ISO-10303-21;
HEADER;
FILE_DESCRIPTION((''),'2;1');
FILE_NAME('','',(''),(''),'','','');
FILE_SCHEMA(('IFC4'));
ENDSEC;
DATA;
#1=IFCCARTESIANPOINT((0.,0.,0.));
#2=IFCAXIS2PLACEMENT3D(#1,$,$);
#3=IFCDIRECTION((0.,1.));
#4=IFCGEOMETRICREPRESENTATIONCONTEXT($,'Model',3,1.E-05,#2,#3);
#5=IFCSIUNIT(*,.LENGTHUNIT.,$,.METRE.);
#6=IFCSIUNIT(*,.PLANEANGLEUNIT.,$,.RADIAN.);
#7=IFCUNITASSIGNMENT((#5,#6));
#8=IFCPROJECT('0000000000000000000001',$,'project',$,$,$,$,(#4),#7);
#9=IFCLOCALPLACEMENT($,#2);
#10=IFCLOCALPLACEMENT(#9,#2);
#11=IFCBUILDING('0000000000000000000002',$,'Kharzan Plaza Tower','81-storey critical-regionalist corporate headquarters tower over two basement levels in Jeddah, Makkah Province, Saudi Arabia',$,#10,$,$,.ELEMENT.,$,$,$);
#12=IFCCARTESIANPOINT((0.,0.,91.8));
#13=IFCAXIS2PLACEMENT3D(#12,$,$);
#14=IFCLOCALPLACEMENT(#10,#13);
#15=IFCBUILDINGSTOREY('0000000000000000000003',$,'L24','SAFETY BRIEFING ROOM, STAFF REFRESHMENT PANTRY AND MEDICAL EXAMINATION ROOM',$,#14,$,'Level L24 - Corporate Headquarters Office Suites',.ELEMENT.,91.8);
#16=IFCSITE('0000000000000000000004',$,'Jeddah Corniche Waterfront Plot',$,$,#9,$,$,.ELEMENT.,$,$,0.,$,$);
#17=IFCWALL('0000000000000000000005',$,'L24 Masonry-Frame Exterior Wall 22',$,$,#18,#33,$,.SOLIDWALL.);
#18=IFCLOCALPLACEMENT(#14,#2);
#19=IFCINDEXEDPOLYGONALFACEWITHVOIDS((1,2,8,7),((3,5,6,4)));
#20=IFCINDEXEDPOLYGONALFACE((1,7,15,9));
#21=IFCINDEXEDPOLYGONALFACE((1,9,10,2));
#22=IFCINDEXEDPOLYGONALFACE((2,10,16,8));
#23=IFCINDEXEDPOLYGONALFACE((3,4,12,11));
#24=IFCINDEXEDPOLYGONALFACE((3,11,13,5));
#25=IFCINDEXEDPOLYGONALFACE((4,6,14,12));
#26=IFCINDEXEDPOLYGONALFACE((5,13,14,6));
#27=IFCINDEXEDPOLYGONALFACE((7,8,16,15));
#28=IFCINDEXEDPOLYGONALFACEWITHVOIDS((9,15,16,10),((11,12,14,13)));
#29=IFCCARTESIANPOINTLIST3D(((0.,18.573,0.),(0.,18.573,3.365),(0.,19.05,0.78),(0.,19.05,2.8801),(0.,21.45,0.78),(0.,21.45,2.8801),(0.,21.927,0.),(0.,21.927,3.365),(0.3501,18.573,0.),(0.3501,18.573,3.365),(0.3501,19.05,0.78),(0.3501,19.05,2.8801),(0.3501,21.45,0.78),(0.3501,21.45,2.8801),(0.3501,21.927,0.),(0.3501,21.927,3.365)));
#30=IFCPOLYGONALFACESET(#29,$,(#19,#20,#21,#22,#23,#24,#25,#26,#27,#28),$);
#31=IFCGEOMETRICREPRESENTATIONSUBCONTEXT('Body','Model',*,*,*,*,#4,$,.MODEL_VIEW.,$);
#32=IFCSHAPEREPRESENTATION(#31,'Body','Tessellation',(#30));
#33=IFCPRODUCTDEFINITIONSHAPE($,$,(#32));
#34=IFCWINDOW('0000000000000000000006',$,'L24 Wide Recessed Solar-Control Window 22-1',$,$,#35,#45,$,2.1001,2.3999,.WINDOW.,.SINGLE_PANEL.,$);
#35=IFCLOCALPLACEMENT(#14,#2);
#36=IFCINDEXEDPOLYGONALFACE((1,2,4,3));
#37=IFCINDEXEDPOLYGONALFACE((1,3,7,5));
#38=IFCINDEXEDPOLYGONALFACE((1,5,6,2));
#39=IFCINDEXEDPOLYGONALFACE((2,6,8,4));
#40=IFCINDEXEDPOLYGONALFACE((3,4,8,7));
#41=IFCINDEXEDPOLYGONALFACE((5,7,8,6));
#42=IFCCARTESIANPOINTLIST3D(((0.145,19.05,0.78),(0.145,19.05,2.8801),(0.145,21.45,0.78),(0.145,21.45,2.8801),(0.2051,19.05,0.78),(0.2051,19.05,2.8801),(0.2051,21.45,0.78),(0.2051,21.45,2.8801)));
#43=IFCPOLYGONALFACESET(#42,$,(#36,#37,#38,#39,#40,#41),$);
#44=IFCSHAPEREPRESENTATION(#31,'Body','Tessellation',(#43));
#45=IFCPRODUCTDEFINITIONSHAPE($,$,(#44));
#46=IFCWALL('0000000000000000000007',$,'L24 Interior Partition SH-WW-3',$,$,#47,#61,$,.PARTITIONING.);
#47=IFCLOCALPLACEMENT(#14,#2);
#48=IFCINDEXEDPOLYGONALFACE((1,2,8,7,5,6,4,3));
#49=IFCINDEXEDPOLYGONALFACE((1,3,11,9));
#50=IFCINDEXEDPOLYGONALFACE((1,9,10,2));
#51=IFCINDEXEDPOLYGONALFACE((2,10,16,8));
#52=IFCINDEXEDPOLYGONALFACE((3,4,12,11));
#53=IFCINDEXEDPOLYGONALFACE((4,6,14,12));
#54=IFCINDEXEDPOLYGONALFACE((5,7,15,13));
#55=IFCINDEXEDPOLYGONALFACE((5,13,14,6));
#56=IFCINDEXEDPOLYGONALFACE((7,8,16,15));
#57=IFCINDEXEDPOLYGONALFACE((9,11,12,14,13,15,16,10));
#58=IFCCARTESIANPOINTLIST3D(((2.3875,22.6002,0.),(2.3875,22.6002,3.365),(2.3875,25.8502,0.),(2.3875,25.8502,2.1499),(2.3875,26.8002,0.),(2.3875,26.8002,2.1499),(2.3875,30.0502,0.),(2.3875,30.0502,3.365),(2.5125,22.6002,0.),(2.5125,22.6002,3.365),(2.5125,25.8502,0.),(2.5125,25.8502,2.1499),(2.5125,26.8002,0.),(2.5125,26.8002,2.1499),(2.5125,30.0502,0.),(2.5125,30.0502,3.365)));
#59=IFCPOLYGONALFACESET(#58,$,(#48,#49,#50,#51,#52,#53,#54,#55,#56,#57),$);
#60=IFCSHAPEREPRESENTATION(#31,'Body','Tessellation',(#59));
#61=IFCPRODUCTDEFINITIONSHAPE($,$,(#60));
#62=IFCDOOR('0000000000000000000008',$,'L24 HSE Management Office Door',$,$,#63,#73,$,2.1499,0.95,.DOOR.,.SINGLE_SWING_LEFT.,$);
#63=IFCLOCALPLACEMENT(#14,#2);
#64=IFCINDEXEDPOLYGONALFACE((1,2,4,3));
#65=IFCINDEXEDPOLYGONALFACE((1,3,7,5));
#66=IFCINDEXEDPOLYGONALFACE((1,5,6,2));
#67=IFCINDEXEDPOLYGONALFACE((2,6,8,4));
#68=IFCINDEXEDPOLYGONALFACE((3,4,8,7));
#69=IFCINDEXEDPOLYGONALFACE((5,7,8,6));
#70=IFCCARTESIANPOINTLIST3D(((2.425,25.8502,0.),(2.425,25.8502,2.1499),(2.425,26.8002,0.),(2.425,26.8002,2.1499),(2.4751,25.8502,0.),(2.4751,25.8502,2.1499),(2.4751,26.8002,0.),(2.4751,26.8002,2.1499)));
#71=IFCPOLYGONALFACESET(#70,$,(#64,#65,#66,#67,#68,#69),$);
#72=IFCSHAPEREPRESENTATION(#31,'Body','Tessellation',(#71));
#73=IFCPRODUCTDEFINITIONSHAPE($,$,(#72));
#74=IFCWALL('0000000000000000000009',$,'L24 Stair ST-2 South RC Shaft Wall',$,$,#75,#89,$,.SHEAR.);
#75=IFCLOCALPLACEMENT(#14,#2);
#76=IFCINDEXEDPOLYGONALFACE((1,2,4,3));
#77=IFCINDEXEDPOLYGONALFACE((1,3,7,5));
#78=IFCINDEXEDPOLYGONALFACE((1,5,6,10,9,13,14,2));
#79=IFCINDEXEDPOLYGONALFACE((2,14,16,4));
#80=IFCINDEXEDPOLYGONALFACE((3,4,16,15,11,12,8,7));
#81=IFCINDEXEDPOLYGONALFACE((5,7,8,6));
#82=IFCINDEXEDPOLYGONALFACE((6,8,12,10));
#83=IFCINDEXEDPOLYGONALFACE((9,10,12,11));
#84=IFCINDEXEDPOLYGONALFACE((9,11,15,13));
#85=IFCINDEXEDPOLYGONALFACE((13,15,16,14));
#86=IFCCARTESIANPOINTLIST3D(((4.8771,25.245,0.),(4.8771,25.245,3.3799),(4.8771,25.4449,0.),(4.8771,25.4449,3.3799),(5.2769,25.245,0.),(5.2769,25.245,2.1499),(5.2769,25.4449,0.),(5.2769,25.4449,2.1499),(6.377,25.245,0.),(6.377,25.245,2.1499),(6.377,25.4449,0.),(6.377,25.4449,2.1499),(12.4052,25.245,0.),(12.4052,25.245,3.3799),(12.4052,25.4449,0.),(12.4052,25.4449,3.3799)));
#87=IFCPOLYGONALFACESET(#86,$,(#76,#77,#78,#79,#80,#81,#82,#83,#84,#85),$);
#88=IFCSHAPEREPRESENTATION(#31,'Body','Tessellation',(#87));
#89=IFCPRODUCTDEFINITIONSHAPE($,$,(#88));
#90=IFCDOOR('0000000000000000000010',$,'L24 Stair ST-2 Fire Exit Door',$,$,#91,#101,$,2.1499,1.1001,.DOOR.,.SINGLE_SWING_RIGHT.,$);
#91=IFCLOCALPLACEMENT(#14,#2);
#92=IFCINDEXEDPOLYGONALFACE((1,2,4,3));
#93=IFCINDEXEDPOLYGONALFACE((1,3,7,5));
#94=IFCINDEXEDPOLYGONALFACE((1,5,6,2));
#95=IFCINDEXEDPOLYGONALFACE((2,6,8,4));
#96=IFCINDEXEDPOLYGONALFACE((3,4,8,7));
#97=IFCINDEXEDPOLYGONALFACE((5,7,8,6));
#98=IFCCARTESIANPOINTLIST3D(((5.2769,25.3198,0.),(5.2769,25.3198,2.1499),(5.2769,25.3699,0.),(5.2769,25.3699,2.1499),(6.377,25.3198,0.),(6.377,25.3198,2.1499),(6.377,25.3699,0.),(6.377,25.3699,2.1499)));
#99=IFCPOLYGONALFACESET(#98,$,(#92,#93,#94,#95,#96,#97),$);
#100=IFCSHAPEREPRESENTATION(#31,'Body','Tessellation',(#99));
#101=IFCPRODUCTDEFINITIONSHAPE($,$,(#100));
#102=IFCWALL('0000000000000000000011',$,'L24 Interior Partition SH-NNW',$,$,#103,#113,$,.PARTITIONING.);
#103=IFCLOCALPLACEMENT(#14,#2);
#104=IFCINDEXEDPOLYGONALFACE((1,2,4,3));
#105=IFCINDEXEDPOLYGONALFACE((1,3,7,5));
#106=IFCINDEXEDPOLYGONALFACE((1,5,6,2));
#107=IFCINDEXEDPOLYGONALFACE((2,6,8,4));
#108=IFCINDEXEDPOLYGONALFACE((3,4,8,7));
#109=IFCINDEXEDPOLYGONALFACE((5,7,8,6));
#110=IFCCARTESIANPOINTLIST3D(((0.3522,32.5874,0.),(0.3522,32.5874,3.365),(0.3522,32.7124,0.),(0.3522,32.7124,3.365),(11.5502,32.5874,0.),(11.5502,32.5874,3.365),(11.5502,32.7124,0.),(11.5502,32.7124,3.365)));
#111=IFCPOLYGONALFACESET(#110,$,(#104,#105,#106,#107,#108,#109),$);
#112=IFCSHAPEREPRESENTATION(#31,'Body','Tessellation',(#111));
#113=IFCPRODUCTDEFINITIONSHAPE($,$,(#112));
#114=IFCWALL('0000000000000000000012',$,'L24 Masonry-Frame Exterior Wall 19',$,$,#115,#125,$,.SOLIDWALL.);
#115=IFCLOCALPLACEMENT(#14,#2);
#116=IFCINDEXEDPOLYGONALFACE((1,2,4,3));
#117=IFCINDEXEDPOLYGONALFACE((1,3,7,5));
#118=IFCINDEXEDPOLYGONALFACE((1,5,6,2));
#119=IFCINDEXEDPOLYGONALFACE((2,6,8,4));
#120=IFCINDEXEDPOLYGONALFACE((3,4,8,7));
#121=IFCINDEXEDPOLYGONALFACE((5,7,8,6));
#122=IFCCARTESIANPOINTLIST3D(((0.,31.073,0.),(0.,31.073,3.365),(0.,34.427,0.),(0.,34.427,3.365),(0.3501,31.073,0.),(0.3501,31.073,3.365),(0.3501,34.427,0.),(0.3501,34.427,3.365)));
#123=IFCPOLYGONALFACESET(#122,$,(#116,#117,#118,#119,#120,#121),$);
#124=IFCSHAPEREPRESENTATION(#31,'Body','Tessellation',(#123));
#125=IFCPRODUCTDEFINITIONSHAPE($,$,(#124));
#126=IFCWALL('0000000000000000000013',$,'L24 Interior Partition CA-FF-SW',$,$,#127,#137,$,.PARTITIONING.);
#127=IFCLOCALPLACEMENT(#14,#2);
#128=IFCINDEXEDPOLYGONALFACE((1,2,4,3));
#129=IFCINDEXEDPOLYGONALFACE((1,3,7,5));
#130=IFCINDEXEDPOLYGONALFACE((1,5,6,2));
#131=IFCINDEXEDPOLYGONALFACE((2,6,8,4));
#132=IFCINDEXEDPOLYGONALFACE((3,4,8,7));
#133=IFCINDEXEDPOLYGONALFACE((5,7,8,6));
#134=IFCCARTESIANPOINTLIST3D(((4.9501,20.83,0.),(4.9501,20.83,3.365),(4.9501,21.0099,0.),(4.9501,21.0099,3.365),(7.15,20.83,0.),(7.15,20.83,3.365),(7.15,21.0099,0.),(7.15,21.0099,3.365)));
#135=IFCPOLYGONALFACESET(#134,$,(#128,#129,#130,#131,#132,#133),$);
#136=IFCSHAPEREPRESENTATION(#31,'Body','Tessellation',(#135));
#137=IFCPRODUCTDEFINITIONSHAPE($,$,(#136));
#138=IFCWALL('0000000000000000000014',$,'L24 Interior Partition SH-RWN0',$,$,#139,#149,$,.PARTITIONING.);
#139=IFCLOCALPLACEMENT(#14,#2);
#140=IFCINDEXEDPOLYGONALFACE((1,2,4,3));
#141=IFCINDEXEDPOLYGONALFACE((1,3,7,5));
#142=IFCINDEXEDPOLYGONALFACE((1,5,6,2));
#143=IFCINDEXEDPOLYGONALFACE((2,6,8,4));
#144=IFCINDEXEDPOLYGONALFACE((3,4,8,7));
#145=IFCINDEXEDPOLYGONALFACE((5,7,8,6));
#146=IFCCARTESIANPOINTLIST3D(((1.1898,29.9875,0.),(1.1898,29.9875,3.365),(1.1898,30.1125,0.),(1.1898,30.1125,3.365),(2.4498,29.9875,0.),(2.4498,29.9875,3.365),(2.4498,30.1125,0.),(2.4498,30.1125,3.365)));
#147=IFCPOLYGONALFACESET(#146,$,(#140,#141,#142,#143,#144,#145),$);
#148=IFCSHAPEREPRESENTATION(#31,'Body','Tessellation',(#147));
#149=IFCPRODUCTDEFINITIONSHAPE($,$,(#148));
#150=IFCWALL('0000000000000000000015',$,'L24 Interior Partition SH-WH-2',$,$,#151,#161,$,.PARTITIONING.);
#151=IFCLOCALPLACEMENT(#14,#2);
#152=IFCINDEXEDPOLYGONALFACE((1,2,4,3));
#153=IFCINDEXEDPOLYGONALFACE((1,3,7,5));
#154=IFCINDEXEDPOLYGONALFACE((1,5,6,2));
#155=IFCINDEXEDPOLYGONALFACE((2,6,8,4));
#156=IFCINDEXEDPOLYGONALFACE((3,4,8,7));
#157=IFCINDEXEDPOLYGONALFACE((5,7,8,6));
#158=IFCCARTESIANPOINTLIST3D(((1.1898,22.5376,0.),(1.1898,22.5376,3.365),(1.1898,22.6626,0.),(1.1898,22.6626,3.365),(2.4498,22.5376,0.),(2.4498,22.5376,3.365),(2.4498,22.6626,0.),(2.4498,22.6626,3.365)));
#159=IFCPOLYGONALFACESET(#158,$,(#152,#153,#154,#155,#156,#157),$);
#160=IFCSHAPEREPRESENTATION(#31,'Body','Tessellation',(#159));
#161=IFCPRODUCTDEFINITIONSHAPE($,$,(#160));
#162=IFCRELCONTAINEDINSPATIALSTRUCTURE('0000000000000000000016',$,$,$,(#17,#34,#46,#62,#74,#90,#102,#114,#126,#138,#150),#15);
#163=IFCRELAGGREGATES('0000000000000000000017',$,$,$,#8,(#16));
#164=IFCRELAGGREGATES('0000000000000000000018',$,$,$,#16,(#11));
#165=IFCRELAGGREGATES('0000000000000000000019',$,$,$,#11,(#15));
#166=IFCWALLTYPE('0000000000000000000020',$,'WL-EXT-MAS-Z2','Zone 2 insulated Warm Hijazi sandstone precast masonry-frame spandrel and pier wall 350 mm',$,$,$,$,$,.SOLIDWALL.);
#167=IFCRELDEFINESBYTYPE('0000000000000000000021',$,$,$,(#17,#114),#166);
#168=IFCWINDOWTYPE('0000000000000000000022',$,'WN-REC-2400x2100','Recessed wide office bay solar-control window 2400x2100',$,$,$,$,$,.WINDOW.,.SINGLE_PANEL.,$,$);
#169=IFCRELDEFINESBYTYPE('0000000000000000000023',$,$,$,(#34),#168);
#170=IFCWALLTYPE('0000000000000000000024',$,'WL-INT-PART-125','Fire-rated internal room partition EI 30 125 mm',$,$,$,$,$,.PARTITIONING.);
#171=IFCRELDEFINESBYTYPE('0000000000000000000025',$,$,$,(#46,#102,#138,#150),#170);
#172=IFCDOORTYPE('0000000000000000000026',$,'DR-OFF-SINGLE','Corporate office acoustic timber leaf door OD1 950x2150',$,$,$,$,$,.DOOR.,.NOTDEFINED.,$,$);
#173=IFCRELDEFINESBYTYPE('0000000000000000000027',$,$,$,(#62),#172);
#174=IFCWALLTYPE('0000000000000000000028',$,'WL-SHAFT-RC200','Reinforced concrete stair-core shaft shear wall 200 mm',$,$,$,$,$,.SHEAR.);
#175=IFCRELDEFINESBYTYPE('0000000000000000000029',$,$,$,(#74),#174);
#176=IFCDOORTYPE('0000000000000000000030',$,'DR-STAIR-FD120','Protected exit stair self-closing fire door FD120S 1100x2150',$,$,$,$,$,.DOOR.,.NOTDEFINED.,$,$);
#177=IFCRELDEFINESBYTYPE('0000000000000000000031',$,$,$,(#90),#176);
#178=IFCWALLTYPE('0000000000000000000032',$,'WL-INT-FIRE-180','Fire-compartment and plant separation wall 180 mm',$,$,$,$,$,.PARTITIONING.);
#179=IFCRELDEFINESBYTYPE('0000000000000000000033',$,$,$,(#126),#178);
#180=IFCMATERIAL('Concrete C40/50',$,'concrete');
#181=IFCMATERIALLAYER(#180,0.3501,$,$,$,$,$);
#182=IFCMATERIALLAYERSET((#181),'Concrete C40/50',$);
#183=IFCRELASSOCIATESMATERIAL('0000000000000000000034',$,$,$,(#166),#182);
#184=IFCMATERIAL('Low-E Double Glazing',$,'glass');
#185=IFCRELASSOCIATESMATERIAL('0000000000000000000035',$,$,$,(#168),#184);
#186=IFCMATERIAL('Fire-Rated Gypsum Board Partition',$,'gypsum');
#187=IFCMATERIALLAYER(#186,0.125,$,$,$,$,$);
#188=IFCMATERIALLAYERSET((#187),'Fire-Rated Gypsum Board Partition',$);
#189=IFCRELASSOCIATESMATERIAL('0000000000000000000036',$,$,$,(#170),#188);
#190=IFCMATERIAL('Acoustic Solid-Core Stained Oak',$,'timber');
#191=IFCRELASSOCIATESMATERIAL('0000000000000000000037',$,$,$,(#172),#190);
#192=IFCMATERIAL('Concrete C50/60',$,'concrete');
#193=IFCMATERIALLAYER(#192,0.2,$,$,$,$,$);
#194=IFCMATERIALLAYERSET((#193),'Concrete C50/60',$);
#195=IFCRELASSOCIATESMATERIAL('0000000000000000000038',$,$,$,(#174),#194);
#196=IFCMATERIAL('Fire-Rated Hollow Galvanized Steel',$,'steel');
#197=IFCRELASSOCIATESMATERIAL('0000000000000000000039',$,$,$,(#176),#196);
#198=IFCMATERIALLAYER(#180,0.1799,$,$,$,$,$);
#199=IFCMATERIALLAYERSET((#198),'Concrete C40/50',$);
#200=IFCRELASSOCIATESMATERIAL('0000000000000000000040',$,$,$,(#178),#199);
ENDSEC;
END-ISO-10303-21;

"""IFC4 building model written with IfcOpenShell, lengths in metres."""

from ifc_helpers import new_model, si_unit, direction, frame, frame_2d, origin, place, context, subcontext, project, spatial, rectangle, extrude, source, transform, mapped, material, layer, layer_set, type_object, element, fill, save


model = new_model("IFC4")

# Units and contexts
model_context = context("Model", 3, precision=1e-05, world=origin(), true_north=direction((0.0, 1.0)))
body_context = subcontext(model_context, "Body", "Model", "MODEL_VIEW")
ifc_project = project(units=[si_unit("LENGTHUNIT", "METRE"), si_unit("PLANEANGLEUNIT", "RADIAN")], contexts=[model_context])

# Site, building, storey
site_placement = place(None, origin())
site = spatial("IfcSite", under=ifc_project, at=site_placement, Name="Jeddah Corniche Waterfront Plot", CompositionType="ELEMENT", RefElevation=0.0)
building_placement = place(site_placement, origin())
building = spatial("IfcBuilding", under=site, at=building_placement, Name="Kharzan Plaza Tower", Description="81-storey critical-regionalist corporate headquarters tower over two basement levels in Jeddah, Makkah Province, Saudi Arabia", CompositionType="ELEMENT")
storey_placement = place(building_placement, frame((0.0, 0.0, 91.8)))
storey = spatial("IfcBuildingStorey", under=building, at=storey_placement, Name="L24", Description="SAFETY BRIEFING ROOM, STAFF REFRESHMENT PANTRY AND MEDICAL EXAMINATION ROOM", LongName="Level L24 - Corporate Headquarters Office Suites", CompositionType="ELEMENT", Elevation=91.8)

# Wall, opening, window
ifc_material_1 = material(Name="Concrete C40/50", Category="concrete")
ifc_layer_1 = layer(ifc_material_1, 0.3501)
ifc_layer_set_1 = layer_set([ifc_layer_1], Name="Concrete C40/50")
wall_type_1 = type_object("IfcWallType", Name="WL-EXT-MAS-Z2", Description="Zone 2 insulated Warm Hijazi sandstone precast masonry-frame spandrel and pier wall 350 mm", PredefinedType="SOLIDWALL", material=ifc_layer_set_1)
ifc_material_2 = material(Name="Low-E Double Glazing", Category="glass")
wall_1_placement = place(storey_placement, frame((0.175, 21.927, 0.0), z_axis=(0.0, 0.0, 1.0), x_axis=(0.0, -1.0, 0.0)))
wall_1 = element("IfcWall", 1, at=wall_1_placement, inside=storey, type_object=wall_type_1, Name="L24 Masonry-Frame Exterior Wall 22", PredefinedType="SOLIDWALL", context=body_context, shape_type="SweptSolid", body=[
    extrude(rectangle(XDim=3.354, YDim=0.3501, at=frame_2d((1.677, 0.0))), origin(), (0.0, 0.0, 1.0), 3.365),
])
opening_1_placement = place(wall_1_placement, frame((0.4771, 0.0, 0.78)))
opening_1 = element("IfcOpeningElement", 2, at=opening_1_placement, cuts=wall_1, PredefinedType="OPENING", context=body_context, shape_type="SweptSolid", body=[
    extrude(rectangle(XDim=2.3999, YDim=2.1001, at=frame_2d((1.2, 1.05))), frame((0.0, 0.1851, 0.0), z_axis=(0.0, -1.0, 0.0), x_axis=(1.0, 0.0, 0.0)), (0.0, 0.0, 1.0), 0.3701),
])
window_type_1 = type_object("IfcWindowType", Name="WN-REC-2400x2100", Description="Recessed wide office bay solar-control window 2400x2100", PartitioningType="SINGLE_PANEL", PredefinedType="WINDOW", material=ifc_material_2)
shared_shape_1 = source(origin(), body_context, "Body", "SweptSolid", [
    extrude(rectangle(XDim=2.3999, YDim=2.1001, at=frame_2d((1.2, 1.05))), frame((0.0, 0.03, 0.0), z_axis=(0.0, -1.0, 0.0), x_axis=(1.0, 0.0, 0.0)), (0.0, 0.0, 1.0), 0.0601),
])
window_1_placement = place(opening_1_placement, origin())
window_1 = element("IfcWindow", 3, at=window_1_placement, inside=storey, type_object=window_type_1, Name="L24 Wide Recessed Solar-Control Window 22-1", OverallHeight=2.1001, OverallWidth=2.3999, PartitioningType="SINGLE_PANEL", PredefinedType="WINDOW", context=body_context, shape_type="MappedRepresentation", body=[
    mapped(shared_shape_1, transform((0.0, 0.0, 0.0), x_axis=(1.0, 0.0, 0.0), y_axis=(0.0, 1.0, 0.0), z_axis=(0.0, 0.0, 1.0))),
])
fill(opening_1, window_1)

# Walls, openings, doors
ifc_material_3 = material(Name="Fire-Rated Gypsum Board Partition", Category="gypsum")
ifc_layer_2 = layer(ifc_material_3, 0.125)
ifc_layer_set_2 = layer_set([ifc_layer_2], Name="Fire-Rated Gypsum Board Partition")
wall_type_2 = type_object("IfcWallType", Name="WL-INT-PART-125", Description="Fire-rated internal room partition EI 30 125 mm", PredefinedType="PARTITIONING", material=ifc_layer_set_2)
wall_2_placement = place(storey_placement, frame((2.45, 22.6001, 0.0), z_axis=(0.0, 0.0, 1.0), x_axis=(0.0, 1.0, 0.0)))
wall_2 = element("IfcWall", 4, at=wall_2_placement, inside=storey, type_object=wall_type_2, Name="L24 Interior Partition SH-WW-3", PredefinedType="PARTITIONING", context=body_context, shape_type="SweptSolid", body=[
    extrude(rectangle(XDim=7.45, YDim=0.125, at=frame_2d((3.7251, 0.0))), origin(), (0.0, 0.0, 1.0), 3.365),
])
opening_2_placement = place(wall_2_placement, frame((3.25, 0.0, 0.0)))
opening_2 = element("IfcOpeningElement", 5, at=opening_2_placement, cuts=wall_2, PredefinedType="OPENING", context=body_context, shape_type="SweptSolid", body=[
    extrude(rectangle(XDim=0.95, YDim=2.1499, at=frame_2d((0.4751, 1.075))), frame((0.0, 0.0725, 0.0), z_axis=(0.0, -1.0, 0.0), x_axis=(1.0, 0.0, 0.0)), (0.0, 0.0, 1.0), 0.145),
])
ifc_material_4 = material(Name="Acoustic Solid-Core Stained Oak", Category="timber")
door_type_1 = type_object("IfcDoorType", Name="DR-OFF-SINGLE", Description="Corporate office acoustic timber leaf door OD1 950x2150", OperationType="NOTDEFINED", PredefinedType="DOOR", material=ifc_material_4)
shared_shape_2 = source(origin(), body_context, "Body", "SweptSolid", [
    extrude(rectangle(XDim=0.95, YDim=2.1499, at=frame_2d((0.4751, 1.075))), frame((0.0, 0.0249, 0.0), z_axis=(0.0, -1.0, 0.0), x_axis=(1.0, 0.0, 0.0)), (0.0, 0.0, 1.0), 0.05),
])
door_1_placement = place(opening_2_placement, origin())
door_1 = element("IfcDoor", 6, at=door_1_placement, inside=storey, type_object=door_type_1, Name="L24 HSE Management Office Door", OperationType="SINGLE_SWING_LEFT", OverallHeight=2.1499, OverallWidth=0.95, PredefinedType="DOOR", context=body_context, shape_type="MappedRepresentation", body=[
    mapped(shared_shape_2, transform((0.0, 0.0, 0.0), x_axis=(1.0, 0.0, 0.0), y_axis=(0.0, 1.0, 0.0), z_axis=(0.0, 0.0, 1.0))),
])
fill(opening_2, door_1)
ifc_material_5 = material(Name="Concrete C50/60", Category="concrete")
ifc_layer_3 = layer(ifc_material_5, 0.2)
ifc_layer_set_3 = layer_set([ifc_layer_3], Name="Concrete C50/60")
wall_type_3 = type_object("IfcWallType", Name="WL-SHAFT-RC200", Description="Reinforced concrete stair-core shaft shear wall 200 mm", PredefinedType="SHEAR", material=ifc_layer_set_3)
wall_3_placement = place(storey_placement, frame((4.877, 25.345, 0.0), z_axis=(0.0, 0.0, 1.0), x_axis=(1.0, 0.0, 0.0)))
wall_3 = element("IfcWall", 7, at=wall_3_placement, inside=storey, type_object=wall_type_3, Name="L24 Stair ST-2 South RC Shaft Wall", PredefinedType="SHEAR", context=body_context, shape_type="SweptSolid", body=[
    extrude(rectangle(XDim=7.5281, YDim=0.2, at=frame_2d((3.7642, 0.0))), origin(), (0.0, 0.0, 1.0), 3.3799),
])
opening_3_placement = place(wall_3_placement, frame((0.3999, 0.0, 0.0)))
opening_3 = element("IfcOpeningElement", 8, at=opening_3_placement, cuts=wall_3, PredefinedType="OPENING", context=body_context, shape_type="SweptSolid", body=[
    extrude(rectangle(XDim=1.1001, YDim=2.1499, at=frame_2d((0.55, 1.075))), frame((0.0, 0.1099, 0.0), z_axis=(0.0, -1.0, 0.0), x_axis=(1.0, 0.0, 0.0)), (0.0, 0.0, 1.0), 0.22),
])
ifc_material_6 = material(Name="Fire-Rated Hollow Galvanized Steel", Category="steel")
door_type_2 = type_object("IfcDoorType", Name="DR-STAIR-FD120", Description="Protected exit stair self-closing fire door FD120S 1100x2150", OperationType="NOTDEFINED", PredefinedType="DOOR", material=ifc_material_6)
shared_shape_3 = source(origin(), body_context, "Body", "SweptSolid", [
    extrude(rectangle(XDim=1.1001, YDim=2.1499, at=frame_2d((0.55, 1.075))), frame((0.0, 0.0249, 0.0), z_axis=(0.0, -1.0, 0.0), x_axis=(1.0, 0.0, 0.0)), (0.0, 0.0, 1.0), 0.05),
])
door_2_placement = place(opening_3_placement, origin())
door_2 = element("IfcDoor", 9, at=door_2_placement, inside=storey, type_object=door_type_2, Name="L24 Stair ST-2 Fire Exit Door", OperationType="SINGLE_SWING_RIGHT", OverallHeight=2.1499, OverallWidth=1.1001, PredefinedType="DOOR", context=body_context, shape_type="MappedRepresentation", body=[
    mapped(shared_shape_3, transform((0.0, 0.0, 0.0), x_axis=(1.0, 0.0, 0.0), y_axis=(0.0, 1.0, 0.0), z_axis=(0.0, 0.0, 1.0))),
])
fill(opening_3, door_2)

# Walls
shared_shape_4 = source(origin(), body_context, "Body", "SweptSolid", [
    extrude(rectangle(XDim=11.198, YDim=0.125, at=frame_2d((5.5991, 0.0))), origin(), (0.0, 0.0, 1.0), 3.365),
])
wall_4_placement = place(storey_placement, frame((0.3521, 32.6499, 0.0), z_axis=(0.0, 0.0, 1.0), x_axis=(1.0, 0.0, 0.0)))
element("IfcWall", 10, at=wall_4_placement, inside=storey, type_object=wall_type_2, Name="L24 Interior Partition SH-NNW", PredefinedType="PARTITIONING", context=body_context, shape_type="MappedRepresentation", body=[
    mapped(shared_shape_4, transform((0.0, 0.0, 0.0), x_axis=(1.0, 0.0, 0.0), y_axis=(0.0, 1.0, 0.0), z_axis=(0.0, 0.0, 1.0))),
])
shared_shape_5 = source(origin(), body_context, "Body", "SweptSolid", [
    extrude(rectangle(XDim=3.354, YDim=0.3501, at=frame_2d((1.677, 0.0))), origin(), (0.0, 0.0, 1.0), 3.365),
])
wall_5_placement = place(storey_placement, frame((0.175, 34.427, 0.0), z_axis=(0.0, 0.0, 1.0), x_axis=(0.0, -1.0, 0.0)))
element("IfcWall", 11, at=wall_5_placement, inside=storey, type_object=wall_type_1, Name="L24 Masonry-Frame Exterior Wall 19", PredefinedType="SOLIDWALL", context=body_context, shape_type="MappedRepresentation", body=[
    mapped(shared_shape_5, transform((0.0, 0.0, 0.0), x_axis=(1.0, 0.0, 0.0), y_axis=(0.0, 1.0, 0.0), z_axis=(0.0, 0.0, 1.0))),
])
ifc_layer_4 = layer(ifc_material_1, 0.1799)
ifc_layer_set_4 = layer_set([ifc_layer_4], Name="Concrete C40/50")
wall_type_4 = type_object("IfcWallType", Name="WL-INT-FIRE-180", Description="Fire-compartment and plant separation wall 180 mm", PredefinedType="PARTITIONING", material=ifc_layer_set_4)
shared_shape_6 = source(origin(), body_context, "Body", "SweptSolid", [
    extrude(rectangle(XDim=2.2, YDim=0.1799, at=frame_2d((1.1001, 0.0))), origin(), (0.0, 0.0, 1.0), 3.365),
])
wall_6_placement = place(storey_placement, frame((4.95, 20.9199, 0.0), z_axis=(0.0, 0.0, 1.0), x_axis=(1.0, 0.0, 0.0)))
element("IfcWall", 12, at=wall_6_placement, inside=storey, type_object=wall_type_4, Name="L24 Interior Partition CA-FF-SW", PredefinedType="PARTITIONING", context=body_context, shape_type="MappedRepresentation", body=[
    mapped(shared_shape_6, transform((0.0, 0.0, 0.0), x_axis=(1.0, 0.0, 0.0), y_axis=(0.0, 1.0, 0.0), z_axis=(0.0, 0.0, 1.0))),
])
shared_shape_7 = source(origin(), body_context, "Body", "SweptSolid", [
    extrude(rectangle(XDim=1.26, YDim=0.125, at=frame_2d((0.6299, 0.0))), origin(), (0.0, 0.0, 1.0), 3.365),
])
for number, where, z_axis, x_axis, name in (
    (13, (1.1899, 30.05, 0.0), (0.0, 0.0, 1.0), (1.0, 0.0, 0.0), "L24 Interior Partition SH-RWN0"),
    (14, (1.1899, 22.6001, 0.0), (0.0, 0.0, 1.0), (1.0, 0.0, 0.0), "L24 Interior Partition SH-WH-2"),
):
    element("IfcWall", number, at=place(storey_placement, frame(where, z_axis=z_axis, x_axis=x_axis)), inside=storey, type_object=wall_type_2, Name=name, PredefinedType="PARTITIONING", context=body_context, shape_type="MappedRepresentation", body=[
        mapped(shared_shape_7, transform((0.0, 0.0, 0.0), x_axis=(1.0, 0.0, 0.0), y_axis=(0.0, 1.0, 0.0), z_axis=(0.0, 0.0, 1.0))),
    ])

save(model, "model.ifc")
